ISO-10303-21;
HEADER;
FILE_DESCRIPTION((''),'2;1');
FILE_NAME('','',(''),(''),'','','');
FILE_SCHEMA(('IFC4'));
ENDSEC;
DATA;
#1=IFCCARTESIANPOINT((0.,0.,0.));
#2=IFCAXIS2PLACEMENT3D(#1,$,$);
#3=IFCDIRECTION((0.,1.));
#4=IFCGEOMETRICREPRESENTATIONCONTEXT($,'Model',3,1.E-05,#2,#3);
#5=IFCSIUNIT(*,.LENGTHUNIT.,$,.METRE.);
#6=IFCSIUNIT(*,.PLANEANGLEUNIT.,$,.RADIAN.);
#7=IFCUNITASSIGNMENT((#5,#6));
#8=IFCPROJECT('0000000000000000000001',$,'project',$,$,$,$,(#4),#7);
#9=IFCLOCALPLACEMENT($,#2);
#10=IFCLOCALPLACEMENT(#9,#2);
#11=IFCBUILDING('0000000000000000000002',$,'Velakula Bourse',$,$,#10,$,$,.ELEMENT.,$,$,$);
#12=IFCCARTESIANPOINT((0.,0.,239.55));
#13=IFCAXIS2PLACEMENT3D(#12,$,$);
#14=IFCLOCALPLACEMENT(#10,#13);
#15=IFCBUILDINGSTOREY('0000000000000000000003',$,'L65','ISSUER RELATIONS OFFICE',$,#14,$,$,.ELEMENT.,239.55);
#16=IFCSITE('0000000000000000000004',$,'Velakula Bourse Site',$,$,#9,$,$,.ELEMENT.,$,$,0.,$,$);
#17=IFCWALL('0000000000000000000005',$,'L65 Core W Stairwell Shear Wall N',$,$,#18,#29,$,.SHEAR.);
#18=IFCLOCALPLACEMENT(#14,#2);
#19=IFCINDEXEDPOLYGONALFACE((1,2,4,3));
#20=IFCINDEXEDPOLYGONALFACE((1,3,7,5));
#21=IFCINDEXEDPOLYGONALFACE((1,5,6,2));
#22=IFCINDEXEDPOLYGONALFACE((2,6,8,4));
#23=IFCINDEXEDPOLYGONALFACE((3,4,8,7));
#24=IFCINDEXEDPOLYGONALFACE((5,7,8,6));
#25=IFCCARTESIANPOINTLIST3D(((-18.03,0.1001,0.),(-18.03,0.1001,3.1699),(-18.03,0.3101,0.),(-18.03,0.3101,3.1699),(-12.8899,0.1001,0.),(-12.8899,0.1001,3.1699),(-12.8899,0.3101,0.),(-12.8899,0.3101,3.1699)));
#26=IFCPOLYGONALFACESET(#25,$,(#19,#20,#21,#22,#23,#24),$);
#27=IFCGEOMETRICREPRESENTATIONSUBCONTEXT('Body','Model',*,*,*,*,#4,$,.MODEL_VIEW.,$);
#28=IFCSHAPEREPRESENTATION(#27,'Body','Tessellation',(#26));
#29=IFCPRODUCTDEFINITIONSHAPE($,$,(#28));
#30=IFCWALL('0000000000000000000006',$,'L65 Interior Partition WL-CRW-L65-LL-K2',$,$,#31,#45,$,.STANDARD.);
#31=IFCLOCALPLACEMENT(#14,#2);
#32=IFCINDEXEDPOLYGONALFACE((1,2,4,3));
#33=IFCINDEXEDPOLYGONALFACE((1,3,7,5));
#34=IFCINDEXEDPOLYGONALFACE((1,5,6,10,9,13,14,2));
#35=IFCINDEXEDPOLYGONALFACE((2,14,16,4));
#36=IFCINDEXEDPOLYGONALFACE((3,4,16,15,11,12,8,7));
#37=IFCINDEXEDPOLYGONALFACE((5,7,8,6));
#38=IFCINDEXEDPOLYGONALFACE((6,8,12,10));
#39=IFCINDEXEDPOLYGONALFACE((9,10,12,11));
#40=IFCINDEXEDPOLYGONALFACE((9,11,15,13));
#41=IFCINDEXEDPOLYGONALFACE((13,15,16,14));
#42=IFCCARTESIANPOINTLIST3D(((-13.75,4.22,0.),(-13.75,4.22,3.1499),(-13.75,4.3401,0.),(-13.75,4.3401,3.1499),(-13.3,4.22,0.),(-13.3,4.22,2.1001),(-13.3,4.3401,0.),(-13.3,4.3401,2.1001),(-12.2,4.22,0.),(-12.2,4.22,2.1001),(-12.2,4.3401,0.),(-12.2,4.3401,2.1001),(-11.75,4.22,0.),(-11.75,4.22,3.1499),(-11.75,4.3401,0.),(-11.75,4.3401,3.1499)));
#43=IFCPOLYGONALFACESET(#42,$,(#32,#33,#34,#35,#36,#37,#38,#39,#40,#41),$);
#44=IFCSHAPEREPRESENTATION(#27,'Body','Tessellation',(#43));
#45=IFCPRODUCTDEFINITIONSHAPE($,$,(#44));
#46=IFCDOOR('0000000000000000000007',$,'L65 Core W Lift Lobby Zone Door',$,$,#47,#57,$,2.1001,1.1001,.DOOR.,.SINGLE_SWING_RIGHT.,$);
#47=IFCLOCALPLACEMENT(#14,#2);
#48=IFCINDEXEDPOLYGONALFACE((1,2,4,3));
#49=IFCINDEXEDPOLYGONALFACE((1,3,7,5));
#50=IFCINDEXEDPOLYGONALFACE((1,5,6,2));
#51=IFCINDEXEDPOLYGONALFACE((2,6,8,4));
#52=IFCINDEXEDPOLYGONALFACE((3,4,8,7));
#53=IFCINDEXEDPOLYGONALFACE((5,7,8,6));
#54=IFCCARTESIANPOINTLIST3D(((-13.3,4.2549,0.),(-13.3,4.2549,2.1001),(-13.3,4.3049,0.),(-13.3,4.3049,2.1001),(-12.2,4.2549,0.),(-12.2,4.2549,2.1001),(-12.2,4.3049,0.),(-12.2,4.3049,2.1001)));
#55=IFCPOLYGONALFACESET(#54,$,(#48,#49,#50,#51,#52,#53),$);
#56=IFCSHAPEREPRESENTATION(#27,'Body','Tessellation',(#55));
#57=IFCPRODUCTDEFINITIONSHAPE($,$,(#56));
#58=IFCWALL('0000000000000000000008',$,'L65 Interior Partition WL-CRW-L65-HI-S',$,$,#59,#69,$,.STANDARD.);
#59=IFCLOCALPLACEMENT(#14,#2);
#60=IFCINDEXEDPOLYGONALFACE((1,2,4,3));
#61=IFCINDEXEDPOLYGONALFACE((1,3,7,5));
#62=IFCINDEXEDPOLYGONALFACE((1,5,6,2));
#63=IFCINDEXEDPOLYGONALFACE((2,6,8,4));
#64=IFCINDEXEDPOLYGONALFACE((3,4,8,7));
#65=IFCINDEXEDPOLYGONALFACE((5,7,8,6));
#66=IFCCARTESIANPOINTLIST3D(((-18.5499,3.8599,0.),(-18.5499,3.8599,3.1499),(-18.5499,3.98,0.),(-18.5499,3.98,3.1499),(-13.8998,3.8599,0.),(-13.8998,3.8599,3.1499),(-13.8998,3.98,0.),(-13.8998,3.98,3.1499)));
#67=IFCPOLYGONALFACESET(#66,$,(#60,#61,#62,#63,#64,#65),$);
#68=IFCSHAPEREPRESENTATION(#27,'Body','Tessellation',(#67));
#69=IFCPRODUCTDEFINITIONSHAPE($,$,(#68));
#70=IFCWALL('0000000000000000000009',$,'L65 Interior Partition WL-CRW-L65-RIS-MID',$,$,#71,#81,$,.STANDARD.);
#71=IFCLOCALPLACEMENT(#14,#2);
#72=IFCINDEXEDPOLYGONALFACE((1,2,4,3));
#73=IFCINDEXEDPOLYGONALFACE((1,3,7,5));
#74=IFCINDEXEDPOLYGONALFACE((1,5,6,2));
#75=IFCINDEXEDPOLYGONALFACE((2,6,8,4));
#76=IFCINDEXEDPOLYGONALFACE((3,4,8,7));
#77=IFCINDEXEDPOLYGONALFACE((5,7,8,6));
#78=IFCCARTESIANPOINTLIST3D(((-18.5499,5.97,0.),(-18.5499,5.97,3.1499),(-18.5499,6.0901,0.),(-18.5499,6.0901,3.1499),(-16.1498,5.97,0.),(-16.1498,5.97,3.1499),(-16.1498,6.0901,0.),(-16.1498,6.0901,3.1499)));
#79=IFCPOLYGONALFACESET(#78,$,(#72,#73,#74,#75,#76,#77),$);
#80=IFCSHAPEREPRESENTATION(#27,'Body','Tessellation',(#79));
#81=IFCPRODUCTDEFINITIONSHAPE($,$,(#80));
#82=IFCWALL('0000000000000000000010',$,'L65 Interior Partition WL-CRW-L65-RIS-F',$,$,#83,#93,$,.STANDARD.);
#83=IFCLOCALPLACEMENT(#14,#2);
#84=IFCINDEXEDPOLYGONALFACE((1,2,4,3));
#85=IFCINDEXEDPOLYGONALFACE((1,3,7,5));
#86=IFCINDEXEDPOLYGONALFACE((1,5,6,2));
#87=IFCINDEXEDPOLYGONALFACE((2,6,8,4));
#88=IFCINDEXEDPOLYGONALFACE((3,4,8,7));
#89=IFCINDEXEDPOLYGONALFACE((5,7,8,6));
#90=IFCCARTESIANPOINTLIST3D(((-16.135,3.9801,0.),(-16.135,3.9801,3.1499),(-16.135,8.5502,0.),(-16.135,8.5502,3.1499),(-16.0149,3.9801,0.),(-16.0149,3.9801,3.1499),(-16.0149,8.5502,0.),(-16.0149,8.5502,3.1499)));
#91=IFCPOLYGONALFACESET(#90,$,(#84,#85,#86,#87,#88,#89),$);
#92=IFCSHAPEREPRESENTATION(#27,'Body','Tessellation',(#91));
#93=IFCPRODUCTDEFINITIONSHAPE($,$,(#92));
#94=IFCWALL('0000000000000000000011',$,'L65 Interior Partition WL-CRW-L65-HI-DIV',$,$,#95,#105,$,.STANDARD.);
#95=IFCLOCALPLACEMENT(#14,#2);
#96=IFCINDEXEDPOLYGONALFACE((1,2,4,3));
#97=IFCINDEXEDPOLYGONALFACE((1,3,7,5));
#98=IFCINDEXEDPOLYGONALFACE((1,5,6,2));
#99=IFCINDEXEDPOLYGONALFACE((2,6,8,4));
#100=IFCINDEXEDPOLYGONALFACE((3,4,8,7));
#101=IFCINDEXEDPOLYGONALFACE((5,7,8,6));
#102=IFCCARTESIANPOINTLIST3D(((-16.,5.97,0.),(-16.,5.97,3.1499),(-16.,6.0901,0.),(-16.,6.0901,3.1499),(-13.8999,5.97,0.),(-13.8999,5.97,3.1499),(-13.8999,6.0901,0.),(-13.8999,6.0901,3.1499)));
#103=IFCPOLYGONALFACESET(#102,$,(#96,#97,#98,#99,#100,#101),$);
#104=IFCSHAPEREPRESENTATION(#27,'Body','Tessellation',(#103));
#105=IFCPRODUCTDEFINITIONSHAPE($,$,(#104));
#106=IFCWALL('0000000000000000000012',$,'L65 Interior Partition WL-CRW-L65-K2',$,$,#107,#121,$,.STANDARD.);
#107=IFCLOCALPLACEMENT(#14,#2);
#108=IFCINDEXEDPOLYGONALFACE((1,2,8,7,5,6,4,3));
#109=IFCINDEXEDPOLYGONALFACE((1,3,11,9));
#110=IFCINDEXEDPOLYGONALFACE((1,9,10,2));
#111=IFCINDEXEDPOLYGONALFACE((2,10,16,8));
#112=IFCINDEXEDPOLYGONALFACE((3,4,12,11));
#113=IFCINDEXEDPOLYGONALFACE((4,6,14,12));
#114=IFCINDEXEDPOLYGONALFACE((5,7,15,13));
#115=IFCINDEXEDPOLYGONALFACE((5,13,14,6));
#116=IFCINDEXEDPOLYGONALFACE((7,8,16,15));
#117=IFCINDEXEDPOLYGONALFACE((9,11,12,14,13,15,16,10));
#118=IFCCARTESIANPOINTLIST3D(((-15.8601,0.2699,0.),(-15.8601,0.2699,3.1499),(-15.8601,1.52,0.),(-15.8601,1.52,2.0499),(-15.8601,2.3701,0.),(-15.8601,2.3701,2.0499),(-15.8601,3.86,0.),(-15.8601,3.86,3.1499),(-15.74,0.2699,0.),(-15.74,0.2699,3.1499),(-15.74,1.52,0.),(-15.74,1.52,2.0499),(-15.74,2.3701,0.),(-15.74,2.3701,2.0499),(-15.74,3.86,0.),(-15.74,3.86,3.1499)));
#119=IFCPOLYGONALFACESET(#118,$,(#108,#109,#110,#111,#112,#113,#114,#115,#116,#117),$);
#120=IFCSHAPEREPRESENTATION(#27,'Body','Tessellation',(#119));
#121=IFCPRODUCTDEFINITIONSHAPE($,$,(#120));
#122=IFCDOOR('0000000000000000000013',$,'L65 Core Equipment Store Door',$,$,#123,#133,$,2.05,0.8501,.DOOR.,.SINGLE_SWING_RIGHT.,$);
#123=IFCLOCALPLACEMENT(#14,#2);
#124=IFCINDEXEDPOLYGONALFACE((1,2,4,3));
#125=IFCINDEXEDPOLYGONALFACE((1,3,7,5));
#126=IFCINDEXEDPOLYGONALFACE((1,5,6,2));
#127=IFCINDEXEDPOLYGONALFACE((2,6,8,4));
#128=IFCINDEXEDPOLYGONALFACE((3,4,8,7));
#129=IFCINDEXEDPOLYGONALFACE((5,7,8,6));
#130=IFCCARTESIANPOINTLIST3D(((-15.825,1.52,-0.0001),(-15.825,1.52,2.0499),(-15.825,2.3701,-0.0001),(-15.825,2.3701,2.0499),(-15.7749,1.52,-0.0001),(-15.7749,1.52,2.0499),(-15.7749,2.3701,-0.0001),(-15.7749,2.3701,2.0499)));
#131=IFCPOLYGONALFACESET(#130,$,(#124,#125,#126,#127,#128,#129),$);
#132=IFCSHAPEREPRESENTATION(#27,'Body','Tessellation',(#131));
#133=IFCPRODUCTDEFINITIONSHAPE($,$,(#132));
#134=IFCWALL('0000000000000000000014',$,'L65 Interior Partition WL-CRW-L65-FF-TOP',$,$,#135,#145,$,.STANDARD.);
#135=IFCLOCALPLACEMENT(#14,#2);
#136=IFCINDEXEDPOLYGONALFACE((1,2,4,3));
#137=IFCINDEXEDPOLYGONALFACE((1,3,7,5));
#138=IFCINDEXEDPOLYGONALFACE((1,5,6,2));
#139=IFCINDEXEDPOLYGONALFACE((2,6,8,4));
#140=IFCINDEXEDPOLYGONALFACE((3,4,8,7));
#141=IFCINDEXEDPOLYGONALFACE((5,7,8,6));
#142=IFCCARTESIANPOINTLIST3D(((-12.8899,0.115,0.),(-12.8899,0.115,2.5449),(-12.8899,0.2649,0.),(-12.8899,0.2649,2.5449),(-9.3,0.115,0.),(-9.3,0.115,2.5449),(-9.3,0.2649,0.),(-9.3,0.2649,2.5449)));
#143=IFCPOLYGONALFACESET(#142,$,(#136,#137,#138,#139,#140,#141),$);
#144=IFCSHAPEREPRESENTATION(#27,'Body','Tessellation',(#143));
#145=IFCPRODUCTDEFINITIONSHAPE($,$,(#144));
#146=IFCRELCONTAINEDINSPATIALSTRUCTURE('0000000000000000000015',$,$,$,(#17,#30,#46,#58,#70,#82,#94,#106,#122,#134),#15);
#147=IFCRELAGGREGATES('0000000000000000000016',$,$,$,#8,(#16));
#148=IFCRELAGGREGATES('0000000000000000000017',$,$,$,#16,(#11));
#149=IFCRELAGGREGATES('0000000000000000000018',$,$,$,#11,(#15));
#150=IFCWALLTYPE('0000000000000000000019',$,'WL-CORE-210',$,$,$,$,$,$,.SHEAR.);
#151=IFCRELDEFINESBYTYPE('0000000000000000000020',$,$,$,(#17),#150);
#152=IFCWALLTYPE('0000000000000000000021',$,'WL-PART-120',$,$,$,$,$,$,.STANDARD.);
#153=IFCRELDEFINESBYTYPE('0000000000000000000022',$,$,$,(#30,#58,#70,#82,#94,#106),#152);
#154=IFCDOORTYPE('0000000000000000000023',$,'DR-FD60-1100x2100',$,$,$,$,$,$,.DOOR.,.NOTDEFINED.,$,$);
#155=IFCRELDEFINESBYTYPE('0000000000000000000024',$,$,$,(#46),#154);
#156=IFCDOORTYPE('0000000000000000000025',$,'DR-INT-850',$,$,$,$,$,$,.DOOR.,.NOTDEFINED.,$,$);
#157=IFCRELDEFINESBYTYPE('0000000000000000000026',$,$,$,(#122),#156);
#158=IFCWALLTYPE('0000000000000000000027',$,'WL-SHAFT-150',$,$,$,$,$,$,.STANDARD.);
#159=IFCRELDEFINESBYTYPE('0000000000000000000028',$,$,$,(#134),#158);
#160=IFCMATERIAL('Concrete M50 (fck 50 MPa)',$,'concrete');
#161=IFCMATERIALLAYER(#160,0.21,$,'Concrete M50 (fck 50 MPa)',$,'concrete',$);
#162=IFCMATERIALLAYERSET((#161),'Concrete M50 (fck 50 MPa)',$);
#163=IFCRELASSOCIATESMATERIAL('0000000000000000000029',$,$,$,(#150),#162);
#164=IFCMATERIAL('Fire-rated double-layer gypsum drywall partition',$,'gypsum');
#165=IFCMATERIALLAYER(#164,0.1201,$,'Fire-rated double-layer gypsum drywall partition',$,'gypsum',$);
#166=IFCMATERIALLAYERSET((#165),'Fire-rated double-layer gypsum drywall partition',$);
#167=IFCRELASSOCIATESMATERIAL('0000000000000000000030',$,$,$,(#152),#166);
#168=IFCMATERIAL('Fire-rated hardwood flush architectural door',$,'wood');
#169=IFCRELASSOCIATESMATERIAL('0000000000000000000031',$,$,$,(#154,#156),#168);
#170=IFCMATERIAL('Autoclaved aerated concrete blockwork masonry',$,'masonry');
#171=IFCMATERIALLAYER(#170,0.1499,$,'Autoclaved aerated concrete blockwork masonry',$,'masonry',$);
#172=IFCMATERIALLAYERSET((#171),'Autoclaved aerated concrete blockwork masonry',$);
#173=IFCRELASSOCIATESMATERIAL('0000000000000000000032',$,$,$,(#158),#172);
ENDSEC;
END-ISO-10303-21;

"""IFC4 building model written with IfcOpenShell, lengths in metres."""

from ifc_helpers import new_model, si_unit, direction, frame, frame_2d, origin, place, context, subcontext, project, spatial, rectangle, extrude, material, layer, layer_set, type_object, element, fill, save


model = new_model("IFC4")

# Units and contexts
model_context = context("Model", 3, precision=1e-05, world=origin(), true_north=direction((0.0, 1.0)))
body_context = subcontext(model_context, "Body", "Model", "MODEL_VIEW")
ifc_project = project(units=[si_unit("LENGTHUNIT", "METRE"), si_unit("PLANEANGLEUNIT", "RADIAN")], contexts=[model_context])

# Site, building, storey
site_placement = place(None, origin())
site = spatial("IfcSite", under=ifc_project, at=site_placement, Name="Velakula Bourse Site", CompositionType="ELEMENT", RefElevation=0.0)
building_placement = place(site_placement, origin())
building = spatial("IfcBuilding", under=site, at=building_placement, Name="Velakula Bourse", CompositionType="ELEMENT")
storey_placement = place(building_placement, frame((0.0, 0.0, 239.55)))
storey = spatial("IfcBuildingStorey", under=building, at=storey_placement, Name="L65", Description="ISSUER RELATIONS OFFICE", CompositionType="ELEMENT", Elevation=239.55)

# Wall
ifc_material_1 = material(Name="Concrete M50 (fck 50 MPa)", Category="concrete")
ifc_layer_1 = layer(ifc_material_1, 0.21, Name="Concrete M50 (fck 50 MPa)", Category="concrete")
ifc_layer_set_1 = layer_set([ifc_layer_1], Name="Concrete M50 (fck 50 MPa)")
wall_type_1 = type_object("IfcWallType", Name="WL-CORE-210", PredefinedType="SHEAR", material=ifc_layer_set_1)
wall_1_placement = place(storey_placement, frame((-12.8899, 0.2051, 0.0), z_axis=(0.0, 0.0, 1.0), x_axis=(-1.0, 0.0, 0.0)))
element("IfcWall", 1, at=wall_1_placement, inside=storey, type_object=wall_type_1, Name="L65 Core W Stairwell Shear Wall N", PredefinedType="SHEAR", context=body_context, shape_type="SweptSolid", body=[
    extrude(rectangle(XDim=5.1401, YDim=0.21, at=frame_2d((2.5701, 0.0))), origin(), (0.0, 0.0, 1.0), 3.1699),
])

# Wall, opening, door
ifc_material_2 = material(Name="Fire-rated double-layer gypsum drywall partition", Category="gypsum")
ifc_layer_2 = layer(ifc_material_2, 0.1201, Name="Fire-rated double-layer gypsum drywall partition", Category="gypsum")
ifc_layer_set_2 = layer_set([ifc_layer_2], Name="Fire-rated double-layer gypsum drywall partition")
wall_type_2 = type_object("IfcWallType", Name="WL-PART-120", PredefinedType="STANDARD", material=ifc_layer_set_2)
wall_2_placement = place(storey_placement, frame((-13.75, 4.28, 0.0), z_axis=(0.0, 0.0, 1.0), x_axis=(1.0, 0.0, 0.0)))
wall_2 = element("IfcWall", 2, at=wall_2_placement, inside=storey, type_object=wall_type_2, Name="L65 Interior Partition WL-CRW-L65-LL-K2", PredefinedType="STANDARD", context=body_context, shape_type="SweptSolid", body=[
    extrude(rectangle(XDim=2.0, YDim=0.1201, at=frame_2d((1.0, 0.0))), origin(), (0.0, 0.0, 1.0), 3.1499),
])
opening_1_placement = place(wall_2_placement, frame((0.45, 0.0, 0.0)))
opening_1 = element("IfcOpeningElement", 3, at=opening_1_placement, cuts=wall_2, PredefinedType="OPENING", context=body_context, shape_type="SweptSolid", body=[
    extrude(rectangle(XDim=1.1001, YDim=2.1001, at=frame_2d((0.55, 1.05))), frame((0.0, 0.0701, 0.0), z_axis=(0.0, -1.0, 0.0), x_axis=(1.0, 0.0, 0.0)), (0.0, 0.0, 1.0), 0.1401),
])
ifc_material_3 = material(Name="Fire-rated hardwood flush architectural door", Category="wood")
door_type_1 = type_object("IfcDoorType", Name="DR-FD60-1100x2100", OperationType="NOTDEFINED", PredefinedType="DOOR", material=ifc_material_3)
door_1_placement = place(opening_1_placement, origin())
door_1 = element("IfcDoor", 4, at=door_1_placement, inside=storey, type_object=door_type_1, Name="L65 Core W Lift Lobby Zone Door", OperationType="SINGLE_SWING_RIGHT", OverallHeight=2.1001, OverallWidth=1.1001, PredefinedType="DOOR", context=body_context, shape_type="SweptSolid", body=[
    extrude(rectangle(XDim=1.1001, YDim=2.1001, at=frame_2d((0.55, 1.05))), frame((0.0, 0.0249, 0.0), z_axis=(0.0, -1.0, 0.0), x_axis=(1.0, 0.0, 0.0)), (0.0, 0.0, 1.0), 0.05),
])
fill(opening_1, door_1)

# Walls
wall_3_placement = place(storey_placement, frame((-18.55, 3.9199, 0.0), z_axis=(0.0, 0.0, 1.0), x_axis=(1.0, 0.0, 0.0)))
element("IfcWall", 5, at=wall_3_placement, inside=storey, type_object=wall_type_2, Name="L65 Interior Partition WL-CRW-L65-HI-S", PredefinedType="STANDARD", context=body_context, shape_type="SweptSolid", body=[
    extrude(rectangle(XDim=4.6501, YDim=0.1201, at=frame_2d((2.3252, 0.0))), origin(), (0.0, 0.0, 1.0), 3.1499),
])
wall_4_placement = place(storey_placement, frame((-18.55, 6.03, 0.0), z_axis=(0.0, 0.0, 1.0), x_axis=(1.0, 0.0, 0.0)))
element("IfcWall", 6, at=wall_4_placement, inside=storey, type_object=wall_type_2, Name="L65 Interior Partition WL-CRW-L65-RIS-MID", PredefinedType="STANDARD", context=body_context, shape_type="SweptSolid", body=[
    extrude(rectangle(XDim=2.4001, YDim=0.1201, at=frame_2d((1.2002, 0.0))), origin(), (0.0, 0.0, 1.0), 3.1499),
])
wall_5_placement = place(storey_placement, frame((-16.075, 3.98, 0.0), z_axis=(0.0, 0.0, 1.0), x_axis=(0.0, 1.0, 0.0)))
element("IfcWall", 7, at=wall_5_placement, inside=storey, type_object=wall_type_2, Name="L65 Interior Partition WL-CRW-L65-RIS-F", PredefinedType="STANDARD", context=body_context, shape_type="SweptSolid", body=[
    extrude(rectangle(XDim=4.5701, YDim=0.1201, at=frame_2d((2.2852, 0.0))), origin(), (0.0, 0.0, 1.0), 3.1499),
])
wall_6_placement = place(storey_placement, frame((-16.0, 6.03, 0.0), z_axis=(0.0, 0.0, 1.0), x_axis=(1.0, 0.0, 0.0)))
element("IfcWall", 8, at=wall_6_placement, inside=storey, type_object=wall_type_2, Name="L65 Interior Partition WL-CRW-L65-HI-DIV", PredefinedType="STANDARD", context=body_context, shape_type="SweptSolid", body=[
    extrude(rectangle(XDim=2.1001, YDim=0.1201, at=frame_2d((1.05, 0.0))), origin(), (0.0, 0.0, 1.0), 3.1499),
])

# Wall, opening, door
wall_7_placement = place(storey_placement, frame((-15.8, 0.27, 0.0), z_axis=(0.0, 0.0, 1.0), x_axis=(0.0, 1.0, 0.0)))
wall_7 = element("IfcWall", 9, at=wall_7_placement, inside=storey, type_object=wall_type_2, Name="L65 Interior Partition WL-CRW-L65-K2", PredefinedType="STANDARD", context=body_context, shape_type="SweptSolid", body=[
    extrude(rectangle(XDim=3.5901, YDim=0.1201, at=frame_2d((1.7949, 0.0))), origin(), (0.0, 0.0, 1.0), 3.1499),
])
opening_2_placement = place(wall_7_placement, frame((1.25, 0.0, 0.0)))
opening_2 = element("IfcOpeningElement", 10, at=opening_2_placement, cuts=wall_7, PredefinedType="OPENING", context=body_context, shape_type="SweptSolid", body=[
    extrude(rectangle(XDim=0.8501, YDim=2.05, at=frame_2d((0.425, 1.0249))), frame((0.0, 0.0701, 0.0), z_axis=(0.0, -1.0, 0.0), x_axis=(1.0, 0.0, 0.0)), (0.0, 0.0, 1.0), 0.1401),
])
door_type_2 = type_object("IfcDoorType", Name="DR-INT-850", OperationType="NOTDEFINED", PredefinedType="DOOR", material=ifc_material_3)
door_2_placement = place(opening_2_placement, origin())
door_2 = element("IfcDoor", 11, at=door_2_placement, inside=storey, type_object=door_type_2, Name="L65 Core Equipment Store Door", OperationType="SINGLE_SWING_RIGHT", OverallHeight=2.05, OverallWidth=0.8501, PredefinedType="DOOR", context=body_context, shape_type="SweptSolid", body=[
    extrude(rectangle(XDim=0.8501, YDim=2.05, at=frame_2d((0.425, 1.0249))), frame((0.0, 0.0249, 0.0), z_axis=(0.0, -1.0, 0.0), x_axis=(1.0, 0.0, 0.0)), (0.0, 0.0, 1.0), 0.05),
])
fill(opening_2, door_2)

# Wall
ifc_material_4 = material(Name="Autoclaved aerated concrete blockwork masonry", Category="masonry")
ifc_layer_3 = layer(ifc_material_4, 0.1499, Name="Autoclaved aerated concrete blockwork masonry", Category="masonry")
ifc_layer_set_3 = layer_set([ifc_layer_3], Name="Autoclaved aerated concrete blockwork masonry")
wall_type_3 = type_object("IfcWallType", Name="WL-SHAFT-150", PredefinedType="STANDARD", material=ifc_layer_set_3)
wall_8_placement = place(storey_placement, frame((-12.8899, 0.1899, 0.0), z_axis=(0.0, 0.0, 1.0), x_axis=(1.0, 0.0, 0.0)))
element("IfcWall", 12, at=wall_8_placement, inside=storey, type_object=wall_type_3, Name="L65 Interior Partition WL-CRW-L65-FF-TOP", PredefinedType="STANDARD", context=body_context, shape_type="SweptSolid", body=[
    extrude(rectangle(XDim=3.5898, YDim=0.1499, at=frame_2d((1.7949, 0.0))), origin(), (0.0, 0.0, 1.0), 2.5449),
])

save(model, "model.ifc")
